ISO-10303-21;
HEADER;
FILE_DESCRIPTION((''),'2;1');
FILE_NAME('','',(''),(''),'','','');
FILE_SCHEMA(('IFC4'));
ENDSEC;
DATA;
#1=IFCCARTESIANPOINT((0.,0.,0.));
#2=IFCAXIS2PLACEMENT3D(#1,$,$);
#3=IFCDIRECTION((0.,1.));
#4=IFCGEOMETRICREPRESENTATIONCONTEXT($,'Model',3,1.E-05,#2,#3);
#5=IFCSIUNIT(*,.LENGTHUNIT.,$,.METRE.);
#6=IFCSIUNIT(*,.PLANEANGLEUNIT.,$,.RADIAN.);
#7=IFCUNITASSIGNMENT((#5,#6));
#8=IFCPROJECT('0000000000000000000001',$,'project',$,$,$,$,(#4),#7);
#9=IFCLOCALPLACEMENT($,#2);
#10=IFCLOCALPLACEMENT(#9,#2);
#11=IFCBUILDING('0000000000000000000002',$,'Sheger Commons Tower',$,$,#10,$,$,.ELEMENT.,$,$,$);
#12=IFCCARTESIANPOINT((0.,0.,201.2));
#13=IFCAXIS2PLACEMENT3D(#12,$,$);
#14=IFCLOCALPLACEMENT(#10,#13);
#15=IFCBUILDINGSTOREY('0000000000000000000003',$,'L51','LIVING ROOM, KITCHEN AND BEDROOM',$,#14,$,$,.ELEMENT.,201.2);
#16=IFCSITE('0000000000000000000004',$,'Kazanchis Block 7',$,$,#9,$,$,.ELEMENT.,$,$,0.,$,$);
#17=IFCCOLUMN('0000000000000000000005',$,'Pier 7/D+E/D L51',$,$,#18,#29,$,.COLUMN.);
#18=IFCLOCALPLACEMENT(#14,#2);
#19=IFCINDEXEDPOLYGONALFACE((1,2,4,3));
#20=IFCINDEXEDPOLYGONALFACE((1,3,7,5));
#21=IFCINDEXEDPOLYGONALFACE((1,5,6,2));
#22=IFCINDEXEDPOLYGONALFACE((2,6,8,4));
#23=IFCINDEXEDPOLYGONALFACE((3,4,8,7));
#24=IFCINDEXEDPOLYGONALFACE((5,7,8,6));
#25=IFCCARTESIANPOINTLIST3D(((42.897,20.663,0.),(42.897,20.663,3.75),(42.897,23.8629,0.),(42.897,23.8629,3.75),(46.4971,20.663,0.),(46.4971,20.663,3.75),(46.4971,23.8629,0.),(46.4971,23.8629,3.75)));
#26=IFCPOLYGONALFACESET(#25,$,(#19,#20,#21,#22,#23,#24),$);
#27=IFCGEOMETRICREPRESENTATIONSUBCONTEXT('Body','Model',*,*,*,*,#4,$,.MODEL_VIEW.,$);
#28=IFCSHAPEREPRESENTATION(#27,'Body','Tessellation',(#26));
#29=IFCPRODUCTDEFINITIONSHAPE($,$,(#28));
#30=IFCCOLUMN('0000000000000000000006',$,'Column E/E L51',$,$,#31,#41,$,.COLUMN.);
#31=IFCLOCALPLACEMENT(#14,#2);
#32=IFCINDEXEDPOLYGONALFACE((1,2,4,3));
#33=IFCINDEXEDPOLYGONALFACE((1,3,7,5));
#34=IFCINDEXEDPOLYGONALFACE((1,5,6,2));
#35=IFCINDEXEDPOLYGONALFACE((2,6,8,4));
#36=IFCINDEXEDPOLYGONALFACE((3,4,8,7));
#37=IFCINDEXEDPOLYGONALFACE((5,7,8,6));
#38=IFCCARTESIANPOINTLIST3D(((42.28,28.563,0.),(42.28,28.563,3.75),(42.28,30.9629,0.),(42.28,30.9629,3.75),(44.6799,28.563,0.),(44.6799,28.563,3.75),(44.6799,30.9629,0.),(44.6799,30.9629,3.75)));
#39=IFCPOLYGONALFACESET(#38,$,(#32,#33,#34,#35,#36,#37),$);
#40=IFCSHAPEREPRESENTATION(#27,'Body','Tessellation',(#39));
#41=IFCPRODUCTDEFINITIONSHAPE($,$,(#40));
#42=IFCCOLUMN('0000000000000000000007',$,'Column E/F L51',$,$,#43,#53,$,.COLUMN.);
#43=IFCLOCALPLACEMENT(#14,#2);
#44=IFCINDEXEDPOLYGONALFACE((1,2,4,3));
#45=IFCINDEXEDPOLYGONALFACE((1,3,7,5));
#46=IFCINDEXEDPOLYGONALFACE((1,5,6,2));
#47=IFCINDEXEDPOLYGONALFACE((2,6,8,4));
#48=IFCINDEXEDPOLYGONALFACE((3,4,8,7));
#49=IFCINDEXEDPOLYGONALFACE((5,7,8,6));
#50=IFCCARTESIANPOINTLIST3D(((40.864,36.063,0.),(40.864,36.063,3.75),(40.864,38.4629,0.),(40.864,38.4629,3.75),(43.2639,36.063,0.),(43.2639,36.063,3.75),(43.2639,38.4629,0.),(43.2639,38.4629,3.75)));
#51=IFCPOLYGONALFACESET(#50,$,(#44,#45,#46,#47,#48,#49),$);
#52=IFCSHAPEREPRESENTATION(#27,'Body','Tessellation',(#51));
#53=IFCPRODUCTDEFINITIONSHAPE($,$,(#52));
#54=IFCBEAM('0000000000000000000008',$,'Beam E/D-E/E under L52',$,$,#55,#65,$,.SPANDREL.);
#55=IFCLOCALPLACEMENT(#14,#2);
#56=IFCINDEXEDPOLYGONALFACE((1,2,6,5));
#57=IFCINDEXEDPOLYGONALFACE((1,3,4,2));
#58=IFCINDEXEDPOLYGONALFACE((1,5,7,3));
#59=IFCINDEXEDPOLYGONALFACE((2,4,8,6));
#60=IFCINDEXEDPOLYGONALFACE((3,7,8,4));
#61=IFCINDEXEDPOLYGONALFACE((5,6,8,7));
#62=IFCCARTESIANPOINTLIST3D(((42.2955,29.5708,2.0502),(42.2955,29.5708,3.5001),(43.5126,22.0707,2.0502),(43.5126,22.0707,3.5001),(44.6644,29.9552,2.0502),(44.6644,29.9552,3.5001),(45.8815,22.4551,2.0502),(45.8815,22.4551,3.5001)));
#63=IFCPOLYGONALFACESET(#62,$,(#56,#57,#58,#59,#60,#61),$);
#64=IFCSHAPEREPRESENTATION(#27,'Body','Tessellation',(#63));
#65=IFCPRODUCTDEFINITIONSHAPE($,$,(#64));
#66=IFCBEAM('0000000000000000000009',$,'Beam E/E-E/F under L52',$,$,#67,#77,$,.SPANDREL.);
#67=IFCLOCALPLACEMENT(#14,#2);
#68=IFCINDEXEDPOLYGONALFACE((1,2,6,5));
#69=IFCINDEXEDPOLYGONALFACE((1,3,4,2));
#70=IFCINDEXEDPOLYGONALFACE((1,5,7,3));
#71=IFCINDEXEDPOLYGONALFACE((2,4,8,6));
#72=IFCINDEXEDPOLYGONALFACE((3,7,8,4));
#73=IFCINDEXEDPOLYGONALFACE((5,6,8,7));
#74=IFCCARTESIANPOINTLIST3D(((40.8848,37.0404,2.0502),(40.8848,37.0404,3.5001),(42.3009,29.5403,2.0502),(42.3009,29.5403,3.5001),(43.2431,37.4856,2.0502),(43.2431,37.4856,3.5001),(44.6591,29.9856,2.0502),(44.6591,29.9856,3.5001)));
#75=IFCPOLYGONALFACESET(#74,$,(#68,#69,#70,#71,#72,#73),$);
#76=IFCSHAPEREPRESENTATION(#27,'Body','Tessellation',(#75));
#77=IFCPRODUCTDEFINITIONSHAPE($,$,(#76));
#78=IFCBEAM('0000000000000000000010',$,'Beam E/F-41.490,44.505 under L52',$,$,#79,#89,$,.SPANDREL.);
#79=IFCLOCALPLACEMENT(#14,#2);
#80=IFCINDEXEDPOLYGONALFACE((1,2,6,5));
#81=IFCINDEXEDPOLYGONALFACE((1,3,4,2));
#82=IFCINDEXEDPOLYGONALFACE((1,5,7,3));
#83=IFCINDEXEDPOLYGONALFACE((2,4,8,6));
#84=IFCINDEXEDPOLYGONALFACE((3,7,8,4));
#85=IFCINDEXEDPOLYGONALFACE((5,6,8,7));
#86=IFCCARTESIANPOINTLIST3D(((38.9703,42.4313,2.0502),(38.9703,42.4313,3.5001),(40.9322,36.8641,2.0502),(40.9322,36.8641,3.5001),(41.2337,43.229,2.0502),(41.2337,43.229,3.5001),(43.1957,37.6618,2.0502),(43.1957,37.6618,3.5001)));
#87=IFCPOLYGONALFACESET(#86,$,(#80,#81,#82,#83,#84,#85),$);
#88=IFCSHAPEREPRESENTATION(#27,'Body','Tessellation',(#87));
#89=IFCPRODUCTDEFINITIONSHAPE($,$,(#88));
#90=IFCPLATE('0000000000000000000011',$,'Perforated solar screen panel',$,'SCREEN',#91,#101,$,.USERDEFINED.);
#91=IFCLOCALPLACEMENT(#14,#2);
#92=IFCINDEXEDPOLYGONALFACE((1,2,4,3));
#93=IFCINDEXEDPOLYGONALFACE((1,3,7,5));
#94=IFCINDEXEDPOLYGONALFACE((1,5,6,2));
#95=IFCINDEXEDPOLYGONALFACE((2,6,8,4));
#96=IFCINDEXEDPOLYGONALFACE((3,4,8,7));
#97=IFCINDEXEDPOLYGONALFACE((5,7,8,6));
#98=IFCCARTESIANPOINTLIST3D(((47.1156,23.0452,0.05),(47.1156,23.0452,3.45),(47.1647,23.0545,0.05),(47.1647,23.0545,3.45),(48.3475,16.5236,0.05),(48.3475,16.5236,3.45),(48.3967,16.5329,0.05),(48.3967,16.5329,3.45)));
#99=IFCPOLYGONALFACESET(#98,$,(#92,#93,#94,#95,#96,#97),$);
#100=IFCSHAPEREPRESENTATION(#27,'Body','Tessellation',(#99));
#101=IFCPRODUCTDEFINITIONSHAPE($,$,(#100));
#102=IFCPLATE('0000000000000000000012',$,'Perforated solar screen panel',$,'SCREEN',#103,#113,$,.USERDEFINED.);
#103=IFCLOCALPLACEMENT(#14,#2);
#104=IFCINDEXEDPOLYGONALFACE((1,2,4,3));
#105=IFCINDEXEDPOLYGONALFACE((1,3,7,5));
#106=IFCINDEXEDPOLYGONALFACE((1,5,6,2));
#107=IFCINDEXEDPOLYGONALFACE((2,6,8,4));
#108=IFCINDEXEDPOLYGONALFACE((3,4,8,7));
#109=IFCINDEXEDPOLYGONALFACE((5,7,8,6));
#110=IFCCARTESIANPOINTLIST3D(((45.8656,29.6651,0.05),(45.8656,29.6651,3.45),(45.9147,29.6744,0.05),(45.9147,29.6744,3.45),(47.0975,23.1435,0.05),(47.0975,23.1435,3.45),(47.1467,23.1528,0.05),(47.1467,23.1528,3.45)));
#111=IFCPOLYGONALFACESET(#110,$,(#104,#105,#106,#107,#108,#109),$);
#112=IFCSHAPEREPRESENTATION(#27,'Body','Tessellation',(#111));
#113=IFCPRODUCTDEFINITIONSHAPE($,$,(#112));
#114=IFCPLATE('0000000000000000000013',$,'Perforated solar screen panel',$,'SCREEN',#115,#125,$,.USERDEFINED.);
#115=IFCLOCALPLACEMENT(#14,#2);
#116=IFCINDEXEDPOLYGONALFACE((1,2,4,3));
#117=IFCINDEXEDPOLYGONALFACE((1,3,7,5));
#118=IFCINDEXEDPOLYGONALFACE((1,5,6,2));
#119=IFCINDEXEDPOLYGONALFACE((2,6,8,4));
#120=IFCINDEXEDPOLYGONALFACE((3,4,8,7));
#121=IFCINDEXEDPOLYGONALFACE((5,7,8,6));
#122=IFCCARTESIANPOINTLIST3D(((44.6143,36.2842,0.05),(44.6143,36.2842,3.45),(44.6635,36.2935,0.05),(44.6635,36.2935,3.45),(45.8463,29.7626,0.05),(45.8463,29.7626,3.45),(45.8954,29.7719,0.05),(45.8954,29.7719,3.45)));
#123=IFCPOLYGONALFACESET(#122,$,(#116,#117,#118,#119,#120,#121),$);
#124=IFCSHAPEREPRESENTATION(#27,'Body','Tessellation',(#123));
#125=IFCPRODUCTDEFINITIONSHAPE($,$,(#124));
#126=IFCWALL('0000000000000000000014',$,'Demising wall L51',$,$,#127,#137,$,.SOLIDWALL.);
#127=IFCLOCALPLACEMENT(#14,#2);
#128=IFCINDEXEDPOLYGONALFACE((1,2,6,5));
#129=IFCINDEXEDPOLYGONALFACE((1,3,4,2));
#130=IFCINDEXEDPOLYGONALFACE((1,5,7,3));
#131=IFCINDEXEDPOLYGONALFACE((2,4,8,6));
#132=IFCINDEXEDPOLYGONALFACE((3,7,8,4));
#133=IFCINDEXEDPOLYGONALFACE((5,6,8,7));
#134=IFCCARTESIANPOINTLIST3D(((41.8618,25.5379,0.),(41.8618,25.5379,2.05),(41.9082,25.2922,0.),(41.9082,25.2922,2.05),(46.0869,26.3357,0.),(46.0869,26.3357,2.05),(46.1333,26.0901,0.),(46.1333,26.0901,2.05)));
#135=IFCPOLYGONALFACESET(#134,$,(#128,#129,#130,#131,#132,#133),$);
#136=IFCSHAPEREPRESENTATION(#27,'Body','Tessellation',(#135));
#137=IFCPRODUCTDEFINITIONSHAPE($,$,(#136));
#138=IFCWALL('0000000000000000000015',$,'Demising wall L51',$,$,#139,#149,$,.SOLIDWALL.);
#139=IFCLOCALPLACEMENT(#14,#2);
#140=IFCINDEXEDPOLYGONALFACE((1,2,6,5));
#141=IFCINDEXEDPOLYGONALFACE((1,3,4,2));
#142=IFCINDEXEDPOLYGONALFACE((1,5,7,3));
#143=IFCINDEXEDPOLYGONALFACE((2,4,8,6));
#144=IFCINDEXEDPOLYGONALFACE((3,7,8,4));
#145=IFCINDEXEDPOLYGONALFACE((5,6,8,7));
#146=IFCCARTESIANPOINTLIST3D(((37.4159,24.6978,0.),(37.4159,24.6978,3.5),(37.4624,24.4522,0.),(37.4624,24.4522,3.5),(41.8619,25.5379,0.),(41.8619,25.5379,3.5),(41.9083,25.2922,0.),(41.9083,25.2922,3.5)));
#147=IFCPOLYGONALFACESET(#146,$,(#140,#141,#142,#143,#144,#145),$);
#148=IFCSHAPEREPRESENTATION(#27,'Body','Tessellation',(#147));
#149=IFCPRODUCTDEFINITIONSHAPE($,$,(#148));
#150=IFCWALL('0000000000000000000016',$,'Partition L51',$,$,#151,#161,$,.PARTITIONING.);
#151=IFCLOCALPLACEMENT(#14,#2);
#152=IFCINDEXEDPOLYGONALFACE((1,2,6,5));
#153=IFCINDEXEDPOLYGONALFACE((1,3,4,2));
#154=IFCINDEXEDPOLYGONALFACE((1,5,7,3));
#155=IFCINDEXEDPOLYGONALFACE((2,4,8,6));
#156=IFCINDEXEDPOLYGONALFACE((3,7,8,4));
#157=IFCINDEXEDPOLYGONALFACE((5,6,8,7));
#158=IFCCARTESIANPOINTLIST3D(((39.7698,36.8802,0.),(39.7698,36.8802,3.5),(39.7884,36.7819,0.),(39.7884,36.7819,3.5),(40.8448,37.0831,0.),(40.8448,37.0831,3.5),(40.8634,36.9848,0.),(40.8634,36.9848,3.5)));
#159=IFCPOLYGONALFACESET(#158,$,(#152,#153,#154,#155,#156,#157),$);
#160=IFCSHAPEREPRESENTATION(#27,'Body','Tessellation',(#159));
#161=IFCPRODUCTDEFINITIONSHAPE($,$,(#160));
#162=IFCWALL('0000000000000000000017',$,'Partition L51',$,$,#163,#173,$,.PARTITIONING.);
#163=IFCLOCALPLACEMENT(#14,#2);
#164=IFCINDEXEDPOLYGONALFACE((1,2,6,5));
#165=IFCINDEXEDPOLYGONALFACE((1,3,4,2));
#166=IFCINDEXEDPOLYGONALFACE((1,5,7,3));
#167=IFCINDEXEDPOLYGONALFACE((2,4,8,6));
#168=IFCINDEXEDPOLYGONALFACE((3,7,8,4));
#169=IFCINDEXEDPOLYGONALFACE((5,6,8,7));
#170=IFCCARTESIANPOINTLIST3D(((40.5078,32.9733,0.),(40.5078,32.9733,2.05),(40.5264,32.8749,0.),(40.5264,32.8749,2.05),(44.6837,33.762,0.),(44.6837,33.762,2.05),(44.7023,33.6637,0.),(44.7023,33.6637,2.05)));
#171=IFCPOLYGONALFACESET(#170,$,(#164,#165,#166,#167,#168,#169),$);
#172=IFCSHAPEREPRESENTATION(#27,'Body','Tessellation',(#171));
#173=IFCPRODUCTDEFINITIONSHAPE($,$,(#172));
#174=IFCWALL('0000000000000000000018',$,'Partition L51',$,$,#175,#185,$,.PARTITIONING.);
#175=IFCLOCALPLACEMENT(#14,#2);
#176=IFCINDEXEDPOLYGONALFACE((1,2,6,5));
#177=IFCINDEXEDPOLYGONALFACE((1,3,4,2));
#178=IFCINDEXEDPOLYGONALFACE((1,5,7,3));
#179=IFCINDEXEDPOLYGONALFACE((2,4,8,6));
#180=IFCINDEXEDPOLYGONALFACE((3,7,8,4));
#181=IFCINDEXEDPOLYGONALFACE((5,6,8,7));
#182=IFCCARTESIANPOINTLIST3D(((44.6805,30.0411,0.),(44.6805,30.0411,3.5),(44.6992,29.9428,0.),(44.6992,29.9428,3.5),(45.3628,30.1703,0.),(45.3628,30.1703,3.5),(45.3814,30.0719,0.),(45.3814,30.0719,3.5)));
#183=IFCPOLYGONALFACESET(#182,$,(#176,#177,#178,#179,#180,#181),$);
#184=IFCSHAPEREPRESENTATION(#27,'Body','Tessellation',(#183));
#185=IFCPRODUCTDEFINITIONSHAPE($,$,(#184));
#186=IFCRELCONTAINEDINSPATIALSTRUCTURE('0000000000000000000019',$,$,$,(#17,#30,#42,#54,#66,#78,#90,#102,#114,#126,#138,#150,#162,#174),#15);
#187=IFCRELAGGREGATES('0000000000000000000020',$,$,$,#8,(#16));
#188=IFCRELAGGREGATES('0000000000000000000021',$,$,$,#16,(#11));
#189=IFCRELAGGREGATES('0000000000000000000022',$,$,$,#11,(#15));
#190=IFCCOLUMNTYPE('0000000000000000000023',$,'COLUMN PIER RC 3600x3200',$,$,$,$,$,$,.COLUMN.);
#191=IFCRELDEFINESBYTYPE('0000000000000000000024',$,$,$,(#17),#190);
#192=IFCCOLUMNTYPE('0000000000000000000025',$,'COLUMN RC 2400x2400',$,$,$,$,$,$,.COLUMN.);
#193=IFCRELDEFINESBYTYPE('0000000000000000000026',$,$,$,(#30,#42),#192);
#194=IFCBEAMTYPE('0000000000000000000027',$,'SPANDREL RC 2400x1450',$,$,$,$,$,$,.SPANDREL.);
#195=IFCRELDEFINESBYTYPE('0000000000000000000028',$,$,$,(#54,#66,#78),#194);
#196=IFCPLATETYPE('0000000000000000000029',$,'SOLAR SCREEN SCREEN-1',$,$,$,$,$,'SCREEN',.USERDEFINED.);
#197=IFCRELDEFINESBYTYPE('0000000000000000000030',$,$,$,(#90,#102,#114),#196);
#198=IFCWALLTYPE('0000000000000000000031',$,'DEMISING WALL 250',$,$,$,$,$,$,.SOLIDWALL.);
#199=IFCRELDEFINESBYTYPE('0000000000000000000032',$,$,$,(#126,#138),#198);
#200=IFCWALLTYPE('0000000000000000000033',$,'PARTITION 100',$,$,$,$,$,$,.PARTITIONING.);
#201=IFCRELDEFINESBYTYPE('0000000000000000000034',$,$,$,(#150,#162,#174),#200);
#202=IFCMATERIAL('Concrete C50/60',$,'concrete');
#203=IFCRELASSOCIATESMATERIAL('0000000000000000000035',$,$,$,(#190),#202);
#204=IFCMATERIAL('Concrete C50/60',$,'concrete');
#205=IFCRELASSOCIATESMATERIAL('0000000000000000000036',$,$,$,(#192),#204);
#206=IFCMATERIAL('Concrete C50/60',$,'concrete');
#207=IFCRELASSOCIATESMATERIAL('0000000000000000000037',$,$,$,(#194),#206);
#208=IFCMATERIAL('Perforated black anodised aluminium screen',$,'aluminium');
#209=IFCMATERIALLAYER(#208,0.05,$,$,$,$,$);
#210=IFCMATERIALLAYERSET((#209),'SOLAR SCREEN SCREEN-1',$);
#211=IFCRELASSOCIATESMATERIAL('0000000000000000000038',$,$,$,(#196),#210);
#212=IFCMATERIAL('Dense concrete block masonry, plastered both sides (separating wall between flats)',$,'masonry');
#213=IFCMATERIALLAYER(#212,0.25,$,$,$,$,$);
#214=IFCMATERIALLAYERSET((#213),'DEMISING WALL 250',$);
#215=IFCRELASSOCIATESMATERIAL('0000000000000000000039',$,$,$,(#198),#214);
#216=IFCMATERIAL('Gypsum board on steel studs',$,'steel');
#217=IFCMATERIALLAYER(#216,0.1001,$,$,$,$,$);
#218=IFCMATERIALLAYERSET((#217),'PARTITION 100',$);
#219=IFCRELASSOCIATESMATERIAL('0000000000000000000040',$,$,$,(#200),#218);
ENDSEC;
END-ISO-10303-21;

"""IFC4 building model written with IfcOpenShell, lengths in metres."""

from ifc_helpers import new_model, si_unit, direction, frame, frame_2d, origin, origin_2d, place, context, subcontext, project, spatial, rectangle, extrude, material, layer, layer_set, material_profile, profile_set, type_object, element, save


model = new_model("IFC4")

# Units and contexts
model_context = context("Model", 3, precision=1e-05, world=origin(), true_north=direction((0.0, 1.0)))
body_context = subcontext(model_context, "Body", "Model", "MODEL_VIEW")
ifc_project = project(units=[si_unit("LENGTHUNIT", "METRE"), si_unit("PLANEANGLEUNIT", "RADIAN")], contexts=[model_context])

# Site, building, storey
site_placement = place(None, origin())
site = spatial("IfcSite", under=ifc_project, at=site_placement, Name="Kazanchis Block 7", CompositionType="ELEMENT", RefElevation=0.0)
building_placement = place(site_placement, origin())
building = spatial("IfcBuilding", under=site, at=building_placement, Name="Sheger Commons Tower", CompositionType="ELEMENT")
storey_placement = place(building_placement, frame((0.0, 0.0, 201.2)))
storey = spatial("IfcBuildingStorey", under=building, at=storey_placement, Name="L51", Description="LIVING ROOM, KITCHEN AND BEDROOM", CompositionType="ELEMENT", Elevation=201.2)

# Columns
ifc_material_1 = material(Name="Concrete C50/60", Category="concrete")
ifc_material_profile_1 = material_profile(ifc_material_1, rectangle(XDim=3.6001, YDim=3.2, at=origin_2d()), Name="RC 3600x3200")
ifc_profile_set_1 = profile_set([ifc_material_profile_1], Name="Concrete C50/60")
column_type_1 = type_object("IfcColumnType", Name="COLUMN PIER RC 3600x3200", PredefinedType="COLUMN", material=ifc_profile_set_1)
column_placement = place(storey_placement, frame((44.697, 22.2629, 0.0), z_axis=(0.0, 0.0, 1.0), x_axis=(1.0, 0.0, 0.0)))
element("IfcColumn", 1, at=column_placement, inside=storey, type_object=column_type_1, Name="Pier 7/D+E/D L51", PredefinedType="COLUMN", context=body_context, shape_type="SweptSolid", body=[
    extrude(rectangle(XDim=3.6001, YDim=3.2, at=origin_2d()), origin(), (0.0, 0.0, 1.0), 3.75),
])
ifc_material_2 = material(Name="Concrete C50/60", Category="concrete")
ifc_material_profile_2 = material_profile(ifc_material_2, rectangle(XDim=2.3999, YDim=2.3999, at=origin_2d()), Name="RC 2400x2400")
ifc_profile_set_2 = profile_set([ifc_material_profile_2], Name="Concrete C50/60")
column_type_2 = type_object("IfcColumnType", Name="COLUMN RC 2400x2400", PredefinedType="COLUMN", material=ifc_profile_set_2)
for number, where, z_axis, x_axis, name in (
    (2, (43.48, 29.7629, 0.0), (0.0, 0.0, 1.0), (1.0, 0.0, 0.0), "Column E/E L51"),
    (3, (42.064, 37.2629, 0.0), (0.0, 0.0, 1.0), (1.0, 0.0, 0.0), "Column E/F L51"),
):
    element("IfcColumn", number, at=place(storey_placement, frame(where, z_axis=z_axis, x_axis=x_axis)), inside=storey, type_object=column_type_2, Name=name, PredefinedType="COLUMN", context=body_context, shape_type="SweptSolid", body=[
        extrude(rectangle(XDim=2.3999, YDim=2.3999, at=origin_2d()), origin(), (0.0, 0.0, 1.0), 3.75),
    ])

# Beams
ifc_material_3 = material(Name="Concrete C50/60", Category="concrete")
ifc_material_profile_3 = material_profile(ifc_material_3, rectangle(XDim=2.3999, YDim=1.45, at=origin_2d()), Name="RC 2400x1450")
ifc_profile_set_3 = profile_set([ifc_material_profile_3], Name="Concrete C50/60")
beam_type = type_object("IfcBeamType", Name="SPANDREL RC 2400x1450", PredefinedType="SPANDREL", material=ifc_profile_set_3)
beam_1_placement = place(storey_placement, frame((44.697, 22.2629, 2.7751), z_axis=(-0.160177, 0.987088, 0.0), x_axis=(-0.987088, -0.160177, 0.0)))
element("IfcBeam", 4, at=beam_1_placement, inside=storey, type_object=beam_type, Name="Beam E/D-E/E under L52", PredefinedType="SPANDREL", context=body_context, shape_type="SweptSolid", body=[
    extrude(rectangle(XDim=2.3999, YDim=1.45, at=origin_2d()), origin(), (0.0, 0.0, 1.0), 7.5981),
])
beam_2_placement = place(storey_placement, frame((43.48, 29.7629, 2.7751), z_axis=(-0.185524, 0.98264, 0.0), x_axis=(-0.98264, -0.185524, 0.0)))
element("IfcBeam", 5, at=beam_2_placement, inside=storey, type_object=beam_type, Name="Beam E/E-E/F under L52", PredefinedType="SPANDREL", context=body_context, shape_type="SweptSolid", body=[
    extrude(rectangle(XDim=2.3999, YDim=1.45, at=origin_2d()), origin(), (0.0, 0.0, 1.0), 7.6326),
])
beam_3_placement = place(storey_placement, frame((42.064, 37.2629, 2.7751), z_axis=(-0.332374, 0.943148, 0.0), x_axis=(-0.943148, -0.332374, 0.0)))
element("IfcBeam", 6, at=beam_3_placement, inside=storey, type_object=beam_type, Name="Beam E/F-41.490,44.505 under L52", PredefinedType="SPANDREL", context=body_context, shape_type="SweptSolid", body=[
    extrude(rectangle(XDim=2.3999, YDim=1.45, at=origin_2d()), origin(), (0.0, 0.0, 1.0), 5.9028),
])

# Plates
ifc_material_4 = material(Name="Perforated black anodised aluminium screen", Category="aluminium")
ifc_layer_1 = layer(ifc_material_4, 0.05)
ifc_layer_set_1 = layer_set([ifc_layer_1], Name="SOLAR SCREEN SCREEN-1")
plate_type = type_object("IfcPlateType", Name="SOLAR SCREEN SCREEN-1", ElementType="SCREEN", PredefinedType="USERDEFINED", material=ifc_layer_set_1)
for number, where, z_axis, x_axis, name in (
    (7, (47.7561, 19.7891, 0.05), (0.0, 0.0, 1.0), (-0.185615, 0.982623, 0.0), "Perforated solar screen panel"),
    (8, (46.5061, 26.4089, 0.05), (0.0, 0.0, 1.0), (-0.185615, 0.982623, 0.0), "Perforated solar screen panel"),
    (9, (45.2549, 33.0281, 0.05), (0.0, 0.0, 1.0), (-0.185615, 0.982623, 0.0), "Perforated solar screen panel"),
):
    element("IfcPlate", number, at=place(storey_placement, frame(where, z_axis=z_axis, x_axis=x_axis)), inside=storey, type_object=plate_type, Name=name, ObjectType="SCREEN", PredefinedType="USERDEFINED", context=body_context, shape_type="SweptSolid", body=[
        extrude(rectangle(XDim=6.637, YDim=0.05, at=origin_2d()), origin(), (0.0, 0.0, 1.0), 3.3999),
    ])

# Walls
ifc_material_5 = material(Name="Dense concrete block masonry, plastered both sides (separating wall between flats)", Category="masonry")
ifc_layer_2 = layer(ifc_material_5, 0.25)
ifc_layer_set_2 = layer_set([ifc_layer_2], Name="DEMISING WALL 250")
wall_type_1 = type_object("IfcWallType", Name="DEMISING WALL 250", PredefinedType="SOLIDWALL", material=ifc_layer_set_2)
wall_1_placement = place(storey_placement, frame((46.1101, 26.2129, 0.0), z_axis=(0.0, 0.0, 1.0), x_axis=(-0.982634, -0.185557, 0.0)))
element("IfcWall", 10, at=wall_1_placement, inside=storey, type_object=wall_type_1, Name="Demising wall L51", PredefinedType="SOLIDWALL", context=body_context, shape_type="SweptSolid", body=[
    extrude(rectangle(XDim=4.2998, YDim=0.25, at=frame_2d((2.1499, 0.0))), origin(), (0.0, 0.0, 1.0), 2.05),
])
wall_2_placement = place(storey_placement, frame((41.885, 25.415, 0.0), z_axis=(0.0, 0.0, 1.0), x_axis=(-0.982613, -0.185666, 0.0)))
element("IfcWall", 11, at=wall_2_placement, inside=storey, type_object=wall_type_1, Name="Demising wall L51", PredefinedType="SOLIDWALL", context=body_context, shape_type="SweptSolid", body=[
    extrude(rectangle(XDim=4.5247, YDim=0.25, at=frame_2d((2.2622, 0.0))), origin(), (0.0, 0.0, 1.0), 3.5),
])
ifc_material_6 = material(Name="Gypsum board on steel studs", Category="steel")
ifc_layer_3 = layer(ifc_material_6, 0.1001)
ifc_layer_set_3 = layer_set([ifc_layer_3], Name="PARTITION 100")
wall_type_2 = type_object("IfcWallType", Name="PARTITION 100", PredefinedType="PARTITIONING", material=ifc_layer_set_3)
wall_3_placement = place(storey_placement, frame((40.854, 37.0339, 0.0), z_axis=(0.0, 0.0, 1.0), x_axis=(-0.982652, -0.185461, 0.0)))
element("IfcWall", 12, at=wall_3_placement, inside=storey, type_object=wall_type_2, Name="Partition L51", PredefinedType="PARTITIONING", context=body_context, shape_type="SweptSolid", body=[
    extrude(rectangle(XDim=1.094, YDim=0.1001, at=frame_2d((0.5469, 0.0))), origin(), (0.0, 0.0, 1.0), 3.5),
])
wall_4_placement = place(storey_placement, frame((44.6931, 33.7129, 0.0), z_axis=(0.0, 0.0, 1.0), x_axis=(-0.982624, -0.18561, 0.0)))
element("IfcWall", 13, at=wall_4_placement, inside=storey, type_object=wall_type_2, Name="Partition L51", PredefinedType="PARTITIONING", context=body_context, shape_type="SweptSolid", body=[
    extrude(rectangle(XDim=4.2498, YDim=0.1001, at=frame_2d((2.125, 0.0))), origin(), (0.0, 0.0, 1.0), 2.05),
])
wall_5_placement = place(storey_placement, frame((45.3721, 30.1211, 0.0), z_axis=(0.0, 0.0, 1.0), x_axis=(-0.982544, -0.186029, 0.0)))
element("IfcWall", 14, at=wall_5_placement, inside=storey, type_object=wall_type_2, Name="Partition L51", PredefinedType="PARTITIONING", context=body_context, shape_type="SweptSolid", body=[
    extrude(rectangle(XDim=0.6943, YDim=0.1001, at=frame_2d((0.3472, 0.0))), origin(), (0.0, 0.0, 1.0), 3.5),
])

save(model, "model.ifc")
